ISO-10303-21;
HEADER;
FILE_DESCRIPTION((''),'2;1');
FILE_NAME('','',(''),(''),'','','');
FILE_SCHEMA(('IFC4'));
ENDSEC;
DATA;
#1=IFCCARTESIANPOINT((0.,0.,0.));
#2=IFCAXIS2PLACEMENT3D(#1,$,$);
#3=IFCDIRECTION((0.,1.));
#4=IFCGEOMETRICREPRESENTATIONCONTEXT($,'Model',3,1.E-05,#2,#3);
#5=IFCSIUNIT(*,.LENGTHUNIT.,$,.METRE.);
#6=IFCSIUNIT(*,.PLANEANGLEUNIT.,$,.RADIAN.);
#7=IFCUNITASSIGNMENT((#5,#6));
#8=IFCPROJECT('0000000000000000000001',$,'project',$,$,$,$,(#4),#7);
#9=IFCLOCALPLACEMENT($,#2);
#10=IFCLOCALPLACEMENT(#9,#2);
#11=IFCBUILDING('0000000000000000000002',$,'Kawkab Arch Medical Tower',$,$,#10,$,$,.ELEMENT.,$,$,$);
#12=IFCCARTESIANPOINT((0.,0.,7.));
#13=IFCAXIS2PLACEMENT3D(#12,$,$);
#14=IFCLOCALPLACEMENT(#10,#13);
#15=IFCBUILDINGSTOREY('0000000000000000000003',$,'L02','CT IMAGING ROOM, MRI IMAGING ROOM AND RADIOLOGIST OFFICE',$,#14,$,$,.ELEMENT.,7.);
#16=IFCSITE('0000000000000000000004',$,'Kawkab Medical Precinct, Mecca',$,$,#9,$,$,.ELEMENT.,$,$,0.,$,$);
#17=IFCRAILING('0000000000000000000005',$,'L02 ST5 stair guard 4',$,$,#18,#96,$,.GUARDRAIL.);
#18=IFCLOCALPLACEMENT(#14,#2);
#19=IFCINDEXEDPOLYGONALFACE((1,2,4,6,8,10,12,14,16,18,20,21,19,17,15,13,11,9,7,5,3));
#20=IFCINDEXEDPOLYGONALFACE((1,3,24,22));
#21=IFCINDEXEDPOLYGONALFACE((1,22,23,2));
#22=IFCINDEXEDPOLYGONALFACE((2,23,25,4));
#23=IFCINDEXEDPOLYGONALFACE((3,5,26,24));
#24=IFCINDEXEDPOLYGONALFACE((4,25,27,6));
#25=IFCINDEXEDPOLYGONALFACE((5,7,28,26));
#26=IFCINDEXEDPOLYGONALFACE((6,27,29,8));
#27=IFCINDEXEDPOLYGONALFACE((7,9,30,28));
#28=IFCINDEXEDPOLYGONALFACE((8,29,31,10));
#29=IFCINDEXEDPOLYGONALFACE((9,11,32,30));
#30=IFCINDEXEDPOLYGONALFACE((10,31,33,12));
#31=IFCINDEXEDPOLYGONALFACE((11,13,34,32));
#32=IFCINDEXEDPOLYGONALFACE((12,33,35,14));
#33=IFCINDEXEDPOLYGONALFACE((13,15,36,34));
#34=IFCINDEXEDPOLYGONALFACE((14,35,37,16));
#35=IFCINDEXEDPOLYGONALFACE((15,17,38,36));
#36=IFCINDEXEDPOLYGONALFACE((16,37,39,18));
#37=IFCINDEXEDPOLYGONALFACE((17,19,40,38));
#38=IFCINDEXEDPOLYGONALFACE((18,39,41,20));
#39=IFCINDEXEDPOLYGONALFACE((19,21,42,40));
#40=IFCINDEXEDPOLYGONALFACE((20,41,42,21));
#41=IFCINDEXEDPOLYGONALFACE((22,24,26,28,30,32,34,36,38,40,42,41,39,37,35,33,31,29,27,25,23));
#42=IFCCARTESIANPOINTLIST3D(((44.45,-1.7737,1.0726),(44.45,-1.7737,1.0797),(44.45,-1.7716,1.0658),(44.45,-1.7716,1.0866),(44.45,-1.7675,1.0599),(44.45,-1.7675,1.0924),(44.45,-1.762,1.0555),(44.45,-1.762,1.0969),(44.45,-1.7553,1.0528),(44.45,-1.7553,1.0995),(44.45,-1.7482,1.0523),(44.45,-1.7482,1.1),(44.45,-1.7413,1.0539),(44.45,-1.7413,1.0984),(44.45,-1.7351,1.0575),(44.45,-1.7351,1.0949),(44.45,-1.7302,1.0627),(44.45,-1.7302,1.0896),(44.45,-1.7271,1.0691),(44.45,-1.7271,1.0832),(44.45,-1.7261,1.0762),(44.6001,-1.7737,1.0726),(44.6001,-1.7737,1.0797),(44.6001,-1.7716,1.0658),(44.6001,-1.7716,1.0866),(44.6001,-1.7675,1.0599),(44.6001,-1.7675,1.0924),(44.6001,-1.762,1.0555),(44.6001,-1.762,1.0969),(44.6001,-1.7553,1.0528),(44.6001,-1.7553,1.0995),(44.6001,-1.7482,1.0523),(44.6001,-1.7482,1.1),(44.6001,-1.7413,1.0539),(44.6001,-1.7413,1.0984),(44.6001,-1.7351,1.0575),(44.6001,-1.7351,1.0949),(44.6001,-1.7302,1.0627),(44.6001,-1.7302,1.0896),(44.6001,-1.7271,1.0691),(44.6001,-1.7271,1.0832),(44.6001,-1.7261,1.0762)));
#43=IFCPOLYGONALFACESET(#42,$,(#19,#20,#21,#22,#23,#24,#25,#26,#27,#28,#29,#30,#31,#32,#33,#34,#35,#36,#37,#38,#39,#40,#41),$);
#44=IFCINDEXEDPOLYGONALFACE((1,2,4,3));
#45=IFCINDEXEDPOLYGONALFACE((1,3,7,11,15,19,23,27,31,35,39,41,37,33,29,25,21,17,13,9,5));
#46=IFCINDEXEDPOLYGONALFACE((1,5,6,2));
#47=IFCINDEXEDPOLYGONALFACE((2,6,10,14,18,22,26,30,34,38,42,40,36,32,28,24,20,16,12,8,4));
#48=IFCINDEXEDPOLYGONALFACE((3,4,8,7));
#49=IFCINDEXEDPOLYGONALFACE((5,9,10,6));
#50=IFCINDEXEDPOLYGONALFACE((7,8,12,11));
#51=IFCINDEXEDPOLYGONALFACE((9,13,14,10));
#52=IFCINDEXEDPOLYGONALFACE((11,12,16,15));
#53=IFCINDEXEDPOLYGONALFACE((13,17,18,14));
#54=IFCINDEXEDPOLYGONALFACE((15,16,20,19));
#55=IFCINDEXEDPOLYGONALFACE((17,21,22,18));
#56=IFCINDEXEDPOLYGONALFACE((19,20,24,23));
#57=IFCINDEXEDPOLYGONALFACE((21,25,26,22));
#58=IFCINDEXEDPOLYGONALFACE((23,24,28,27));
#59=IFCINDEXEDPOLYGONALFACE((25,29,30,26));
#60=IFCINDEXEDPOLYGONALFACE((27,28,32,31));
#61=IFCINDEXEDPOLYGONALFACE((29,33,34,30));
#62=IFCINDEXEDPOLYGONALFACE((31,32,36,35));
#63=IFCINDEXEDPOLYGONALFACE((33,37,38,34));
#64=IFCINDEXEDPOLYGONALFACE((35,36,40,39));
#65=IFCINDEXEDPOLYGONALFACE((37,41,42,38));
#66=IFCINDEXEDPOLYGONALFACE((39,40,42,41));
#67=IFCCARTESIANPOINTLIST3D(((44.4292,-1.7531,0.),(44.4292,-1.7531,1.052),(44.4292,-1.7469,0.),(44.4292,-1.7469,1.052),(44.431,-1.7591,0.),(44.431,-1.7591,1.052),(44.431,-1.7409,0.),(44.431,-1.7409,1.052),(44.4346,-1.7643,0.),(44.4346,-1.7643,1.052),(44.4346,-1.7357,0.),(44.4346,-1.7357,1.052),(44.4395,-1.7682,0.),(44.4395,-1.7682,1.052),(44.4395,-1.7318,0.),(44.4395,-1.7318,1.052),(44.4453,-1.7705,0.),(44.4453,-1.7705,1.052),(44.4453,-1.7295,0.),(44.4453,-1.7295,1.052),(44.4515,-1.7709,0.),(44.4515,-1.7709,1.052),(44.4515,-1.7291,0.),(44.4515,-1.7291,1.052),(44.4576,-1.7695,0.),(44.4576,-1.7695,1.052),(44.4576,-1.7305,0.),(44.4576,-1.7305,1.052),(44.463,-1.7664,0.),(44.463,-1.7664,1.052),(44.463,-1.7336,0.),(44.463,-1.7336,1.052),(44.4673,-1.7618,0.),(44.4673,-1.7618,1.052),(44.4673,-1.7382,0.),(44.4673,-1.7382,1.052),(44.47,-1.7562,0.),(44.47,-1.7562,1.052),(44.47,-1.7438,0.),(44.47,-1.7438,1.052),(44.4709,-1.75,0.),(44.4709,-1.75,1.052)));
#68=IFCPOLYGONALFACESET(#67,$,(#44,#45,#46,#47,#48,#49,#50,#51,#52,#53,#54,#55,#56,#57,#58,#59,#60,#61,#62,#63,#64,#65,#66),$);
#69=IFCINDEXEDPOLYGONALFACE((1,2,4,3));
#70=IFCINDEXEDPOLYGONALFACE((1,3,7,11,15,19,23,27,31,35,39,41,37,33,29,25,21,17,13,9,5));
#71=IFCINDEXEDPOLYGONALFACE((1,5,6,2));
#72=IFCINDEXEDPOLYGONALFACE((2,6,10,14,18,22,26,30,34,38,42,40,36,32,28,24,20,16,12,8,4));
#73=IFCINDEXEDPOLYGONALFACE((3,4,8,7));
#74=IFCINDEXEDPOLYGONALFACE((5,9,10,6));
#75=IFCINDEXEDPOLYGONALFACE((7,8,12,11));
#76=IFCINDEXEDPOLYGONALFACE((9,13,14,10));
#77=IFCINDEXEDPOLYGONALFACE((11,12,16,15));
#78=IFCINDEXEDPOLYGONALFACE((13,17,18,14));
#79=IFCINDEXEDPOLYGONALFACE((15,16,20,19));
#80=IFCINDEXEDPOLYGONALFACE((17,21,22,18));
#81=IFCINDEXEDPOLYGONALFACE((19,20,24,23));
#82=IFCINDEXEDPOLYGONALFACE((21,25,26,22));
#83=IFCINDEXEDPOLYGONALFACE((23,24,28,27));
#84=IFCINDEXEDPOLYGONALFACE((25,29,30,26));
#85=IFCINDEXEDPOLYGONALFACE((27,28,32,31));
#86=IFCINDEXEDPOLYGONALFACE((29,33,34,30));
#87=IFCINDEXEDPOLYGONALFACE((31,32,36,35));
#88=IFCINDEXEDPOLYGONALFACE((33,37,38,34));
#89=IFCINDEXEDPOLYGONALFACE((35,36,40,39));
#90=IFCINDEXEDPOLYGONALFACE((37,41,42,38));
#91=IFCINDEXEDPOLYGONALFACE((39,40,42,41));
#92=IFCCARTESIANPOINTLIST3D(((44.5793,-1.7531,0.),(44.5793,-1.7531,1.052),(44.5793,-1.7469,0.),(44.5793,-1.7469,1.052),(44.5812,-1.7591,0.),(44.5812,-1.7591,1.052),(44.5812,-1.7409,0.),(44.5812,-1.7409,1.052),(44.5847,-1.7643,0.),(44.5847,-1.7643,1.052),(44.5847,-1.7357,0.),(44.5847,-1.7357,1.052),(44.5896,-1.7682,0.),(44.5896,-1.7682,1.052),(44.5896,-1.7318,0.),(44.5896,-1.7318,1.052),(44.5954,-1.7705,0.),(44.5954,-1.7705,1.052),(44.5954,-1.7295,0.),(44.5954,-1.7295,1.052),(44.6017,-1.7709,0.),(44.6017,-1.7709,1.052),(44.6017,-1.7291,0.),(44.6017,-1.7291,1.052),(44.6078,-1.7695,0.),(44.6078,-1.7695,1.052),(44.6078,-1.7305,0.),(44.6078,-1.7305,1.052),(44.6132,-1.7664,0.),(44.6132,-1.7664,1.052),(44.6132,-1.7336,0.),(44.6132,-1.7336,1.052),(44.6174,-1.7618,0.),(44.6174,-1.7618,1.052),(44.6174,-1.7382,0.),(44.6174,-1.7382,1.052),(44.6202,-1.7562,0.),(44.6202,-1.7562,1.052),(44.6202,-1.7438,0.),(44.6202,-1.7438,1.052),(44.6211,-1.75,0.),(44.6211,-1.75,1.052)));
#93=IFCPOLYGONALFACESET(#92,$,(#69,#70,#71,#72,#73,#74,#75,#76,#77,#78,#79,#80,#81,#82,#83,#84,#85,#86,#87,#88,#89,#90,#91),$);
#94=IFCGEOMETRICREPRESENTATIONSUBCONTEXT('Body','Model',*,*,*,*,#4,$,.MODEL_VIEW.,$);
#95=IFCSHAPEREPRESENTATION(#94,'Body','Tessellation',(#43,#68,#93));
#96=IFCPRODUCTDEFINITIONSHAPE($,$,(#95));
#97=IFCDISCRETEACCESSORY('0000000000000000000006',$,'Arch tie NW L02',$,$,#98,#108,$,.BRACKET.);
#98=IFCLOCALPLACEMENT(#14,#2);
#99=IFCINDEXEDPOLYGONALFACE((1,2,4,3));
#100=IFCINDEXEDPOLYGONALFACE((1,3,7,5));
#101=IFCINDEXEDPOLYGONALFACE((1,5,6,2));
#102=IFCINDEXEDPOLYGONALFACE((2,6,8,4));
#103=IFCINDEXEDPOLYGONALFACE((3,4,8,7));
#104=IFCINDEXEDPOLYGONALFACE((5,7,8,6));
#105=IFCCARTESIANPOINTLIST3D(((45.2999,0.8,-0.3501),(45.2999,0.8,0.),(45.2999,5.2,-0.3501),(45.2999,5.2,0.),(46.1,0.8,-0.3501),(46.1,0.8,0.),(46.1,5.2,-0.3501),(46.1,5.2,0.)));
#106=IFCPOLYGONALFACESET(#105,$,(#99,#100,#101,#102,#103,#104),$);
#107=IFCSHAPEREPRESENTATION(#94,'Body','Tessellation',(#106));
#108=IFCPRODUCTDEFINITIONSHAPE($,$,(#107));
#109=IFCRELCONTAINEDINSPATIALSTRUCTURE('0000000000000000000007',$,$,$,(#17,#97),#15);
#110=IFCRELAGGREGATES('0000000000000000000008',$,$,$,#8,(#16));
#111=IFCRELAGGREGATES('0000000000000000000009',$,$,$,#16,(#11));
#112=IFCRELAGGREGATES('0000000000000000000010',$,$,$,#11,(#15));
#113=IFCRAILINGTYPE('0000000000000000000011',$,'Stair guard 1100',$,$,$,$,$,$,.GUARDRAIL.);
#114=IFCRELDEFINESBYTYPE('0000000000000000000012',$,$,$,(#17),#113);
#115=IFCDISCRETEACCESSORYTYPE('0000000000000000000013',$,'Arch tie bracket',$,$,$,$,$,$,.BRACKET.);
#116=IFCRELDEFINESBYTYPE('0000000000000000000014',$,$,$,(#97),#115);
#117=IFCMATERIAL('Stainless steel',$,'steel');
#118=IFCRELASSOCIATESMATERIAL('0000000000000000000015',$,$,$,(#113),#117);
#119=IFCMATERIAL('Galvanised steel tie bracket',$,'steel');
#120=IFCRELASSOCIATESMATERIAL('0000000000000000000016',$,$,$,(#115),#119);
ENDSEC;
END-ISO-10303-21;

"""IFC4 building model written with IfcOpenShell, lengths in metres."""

from ifc_helpers import new_model, si_unit, direction, frame, origin, origin_2d, place, context, subcontext, project, spatial, rectangle, circle, extrude, material, type_object, element, save


model = new_model("IFC4")

# Units and contexts
model_context = context("Model", 3, precision=1e-05, world=origin(), true_north=direction((0.0, 1.0)))
body_context = subcontext(model_context, "Body", "Model", "MODEL_VIEW")
ifc_project = project(units=[si_unit("LENGTHUNIT", "METRE"), si_unit("PLANEANGLEUNIT", "RADIAN")], contexts=[model_context])

# Site, building, storey
site_placement = place(None, origin())
site = spatial("IfcSite", under=ifc_project, at=site_placement, Name="Kawkab Medical Precinct, Mecca", CompositionType="ELEMENT", RefElevation=0.0)
building_placement = place(site_placement, origin())
building = spatial("IfcBuilding", under=site, at=building_placement, Name="Kawkab Arch Medical Tower", CompositionType="ELEMENT")
storey_placement = place(building_placement, frame((0.0, 0.0, 7.0)))
storey = spatial("IfcBuildingStorey", under=building, at=storey_placement, Name="L02", Description="CT IMAGING ROOM, MRI IMAGING ROOM AND RADIOLOGIST OFFICE", CompositionType="ELEMENT", Elevation=7.0)

# Railing
ifc_material_1 = material(Name="Stainless steel", Category="steel")
railing_type = type_object("IfcRailingType", Name="Stair guard 1100", PredefinedType="GUARDRAIL", material=ifc_material_1)
railing_1_placement = place(storey_placement, frame((44.45, -1.75, 0.0)))
element("IfcRailing", 1, at=railing_1_placement, inside=storey, type_object=railing_type, Name="L02 ST5 stair guard 4", PredefinedType="GUARDRAIL", context=body_context, shape_type="SweptSolid", body=[
    extrude(circle(Radius=0.0239, at=origin_2d()), frame((0.0, 0.0, 1.0762), z_axis=(1.0, 0.0, 0.0), x_axis=(0.0, 1.0, 0.0)), (0.0, 0.0, 1.0), 0.1501),
    extrude(circle(Radius=0.021, at=origin_2d()), origin(), (0.0, 0.0, 1.0), 1.052),
    extrude(circle(Radius=0.021, at=origin_2d()), frame((0.1501, 0.0, 0.0)), (0.0, 0.0, 1.0), 1.052),
])

# Discrete accessory
ifc_material_2 = material(Name="Galvanised steel tie bracket", Category="steel")
discrete_accessory_type = type_object("IfcDiscreteAccessoryType", Name="Arch tie bracket", PredefinedType="BRACKET", material=ifc_material_2)
discrete_accessory_placement = place(storey_placement, frame((45.7, 3.0, -0.3501), z_axis=(0.0, 0.0, 1.0), x_axis=(1.0, 0.0, 0.0)))
element("IfcDiscreteAccessory", 2, at=discrete_accessory_placement, inside=storey, type_object=discrete_accessory_type, Name="Arch tie NW L02", PredefinedType="BRACKET", context=body_context, shape_type="SweptSolid", body=[
    extrude(rectangle(XDim=0.8, YDim=4.3999, at=origin_2d()), origin(), (0.0, 0.0, 1.0), 0.3501),
])

save(model, "model.ifc")
